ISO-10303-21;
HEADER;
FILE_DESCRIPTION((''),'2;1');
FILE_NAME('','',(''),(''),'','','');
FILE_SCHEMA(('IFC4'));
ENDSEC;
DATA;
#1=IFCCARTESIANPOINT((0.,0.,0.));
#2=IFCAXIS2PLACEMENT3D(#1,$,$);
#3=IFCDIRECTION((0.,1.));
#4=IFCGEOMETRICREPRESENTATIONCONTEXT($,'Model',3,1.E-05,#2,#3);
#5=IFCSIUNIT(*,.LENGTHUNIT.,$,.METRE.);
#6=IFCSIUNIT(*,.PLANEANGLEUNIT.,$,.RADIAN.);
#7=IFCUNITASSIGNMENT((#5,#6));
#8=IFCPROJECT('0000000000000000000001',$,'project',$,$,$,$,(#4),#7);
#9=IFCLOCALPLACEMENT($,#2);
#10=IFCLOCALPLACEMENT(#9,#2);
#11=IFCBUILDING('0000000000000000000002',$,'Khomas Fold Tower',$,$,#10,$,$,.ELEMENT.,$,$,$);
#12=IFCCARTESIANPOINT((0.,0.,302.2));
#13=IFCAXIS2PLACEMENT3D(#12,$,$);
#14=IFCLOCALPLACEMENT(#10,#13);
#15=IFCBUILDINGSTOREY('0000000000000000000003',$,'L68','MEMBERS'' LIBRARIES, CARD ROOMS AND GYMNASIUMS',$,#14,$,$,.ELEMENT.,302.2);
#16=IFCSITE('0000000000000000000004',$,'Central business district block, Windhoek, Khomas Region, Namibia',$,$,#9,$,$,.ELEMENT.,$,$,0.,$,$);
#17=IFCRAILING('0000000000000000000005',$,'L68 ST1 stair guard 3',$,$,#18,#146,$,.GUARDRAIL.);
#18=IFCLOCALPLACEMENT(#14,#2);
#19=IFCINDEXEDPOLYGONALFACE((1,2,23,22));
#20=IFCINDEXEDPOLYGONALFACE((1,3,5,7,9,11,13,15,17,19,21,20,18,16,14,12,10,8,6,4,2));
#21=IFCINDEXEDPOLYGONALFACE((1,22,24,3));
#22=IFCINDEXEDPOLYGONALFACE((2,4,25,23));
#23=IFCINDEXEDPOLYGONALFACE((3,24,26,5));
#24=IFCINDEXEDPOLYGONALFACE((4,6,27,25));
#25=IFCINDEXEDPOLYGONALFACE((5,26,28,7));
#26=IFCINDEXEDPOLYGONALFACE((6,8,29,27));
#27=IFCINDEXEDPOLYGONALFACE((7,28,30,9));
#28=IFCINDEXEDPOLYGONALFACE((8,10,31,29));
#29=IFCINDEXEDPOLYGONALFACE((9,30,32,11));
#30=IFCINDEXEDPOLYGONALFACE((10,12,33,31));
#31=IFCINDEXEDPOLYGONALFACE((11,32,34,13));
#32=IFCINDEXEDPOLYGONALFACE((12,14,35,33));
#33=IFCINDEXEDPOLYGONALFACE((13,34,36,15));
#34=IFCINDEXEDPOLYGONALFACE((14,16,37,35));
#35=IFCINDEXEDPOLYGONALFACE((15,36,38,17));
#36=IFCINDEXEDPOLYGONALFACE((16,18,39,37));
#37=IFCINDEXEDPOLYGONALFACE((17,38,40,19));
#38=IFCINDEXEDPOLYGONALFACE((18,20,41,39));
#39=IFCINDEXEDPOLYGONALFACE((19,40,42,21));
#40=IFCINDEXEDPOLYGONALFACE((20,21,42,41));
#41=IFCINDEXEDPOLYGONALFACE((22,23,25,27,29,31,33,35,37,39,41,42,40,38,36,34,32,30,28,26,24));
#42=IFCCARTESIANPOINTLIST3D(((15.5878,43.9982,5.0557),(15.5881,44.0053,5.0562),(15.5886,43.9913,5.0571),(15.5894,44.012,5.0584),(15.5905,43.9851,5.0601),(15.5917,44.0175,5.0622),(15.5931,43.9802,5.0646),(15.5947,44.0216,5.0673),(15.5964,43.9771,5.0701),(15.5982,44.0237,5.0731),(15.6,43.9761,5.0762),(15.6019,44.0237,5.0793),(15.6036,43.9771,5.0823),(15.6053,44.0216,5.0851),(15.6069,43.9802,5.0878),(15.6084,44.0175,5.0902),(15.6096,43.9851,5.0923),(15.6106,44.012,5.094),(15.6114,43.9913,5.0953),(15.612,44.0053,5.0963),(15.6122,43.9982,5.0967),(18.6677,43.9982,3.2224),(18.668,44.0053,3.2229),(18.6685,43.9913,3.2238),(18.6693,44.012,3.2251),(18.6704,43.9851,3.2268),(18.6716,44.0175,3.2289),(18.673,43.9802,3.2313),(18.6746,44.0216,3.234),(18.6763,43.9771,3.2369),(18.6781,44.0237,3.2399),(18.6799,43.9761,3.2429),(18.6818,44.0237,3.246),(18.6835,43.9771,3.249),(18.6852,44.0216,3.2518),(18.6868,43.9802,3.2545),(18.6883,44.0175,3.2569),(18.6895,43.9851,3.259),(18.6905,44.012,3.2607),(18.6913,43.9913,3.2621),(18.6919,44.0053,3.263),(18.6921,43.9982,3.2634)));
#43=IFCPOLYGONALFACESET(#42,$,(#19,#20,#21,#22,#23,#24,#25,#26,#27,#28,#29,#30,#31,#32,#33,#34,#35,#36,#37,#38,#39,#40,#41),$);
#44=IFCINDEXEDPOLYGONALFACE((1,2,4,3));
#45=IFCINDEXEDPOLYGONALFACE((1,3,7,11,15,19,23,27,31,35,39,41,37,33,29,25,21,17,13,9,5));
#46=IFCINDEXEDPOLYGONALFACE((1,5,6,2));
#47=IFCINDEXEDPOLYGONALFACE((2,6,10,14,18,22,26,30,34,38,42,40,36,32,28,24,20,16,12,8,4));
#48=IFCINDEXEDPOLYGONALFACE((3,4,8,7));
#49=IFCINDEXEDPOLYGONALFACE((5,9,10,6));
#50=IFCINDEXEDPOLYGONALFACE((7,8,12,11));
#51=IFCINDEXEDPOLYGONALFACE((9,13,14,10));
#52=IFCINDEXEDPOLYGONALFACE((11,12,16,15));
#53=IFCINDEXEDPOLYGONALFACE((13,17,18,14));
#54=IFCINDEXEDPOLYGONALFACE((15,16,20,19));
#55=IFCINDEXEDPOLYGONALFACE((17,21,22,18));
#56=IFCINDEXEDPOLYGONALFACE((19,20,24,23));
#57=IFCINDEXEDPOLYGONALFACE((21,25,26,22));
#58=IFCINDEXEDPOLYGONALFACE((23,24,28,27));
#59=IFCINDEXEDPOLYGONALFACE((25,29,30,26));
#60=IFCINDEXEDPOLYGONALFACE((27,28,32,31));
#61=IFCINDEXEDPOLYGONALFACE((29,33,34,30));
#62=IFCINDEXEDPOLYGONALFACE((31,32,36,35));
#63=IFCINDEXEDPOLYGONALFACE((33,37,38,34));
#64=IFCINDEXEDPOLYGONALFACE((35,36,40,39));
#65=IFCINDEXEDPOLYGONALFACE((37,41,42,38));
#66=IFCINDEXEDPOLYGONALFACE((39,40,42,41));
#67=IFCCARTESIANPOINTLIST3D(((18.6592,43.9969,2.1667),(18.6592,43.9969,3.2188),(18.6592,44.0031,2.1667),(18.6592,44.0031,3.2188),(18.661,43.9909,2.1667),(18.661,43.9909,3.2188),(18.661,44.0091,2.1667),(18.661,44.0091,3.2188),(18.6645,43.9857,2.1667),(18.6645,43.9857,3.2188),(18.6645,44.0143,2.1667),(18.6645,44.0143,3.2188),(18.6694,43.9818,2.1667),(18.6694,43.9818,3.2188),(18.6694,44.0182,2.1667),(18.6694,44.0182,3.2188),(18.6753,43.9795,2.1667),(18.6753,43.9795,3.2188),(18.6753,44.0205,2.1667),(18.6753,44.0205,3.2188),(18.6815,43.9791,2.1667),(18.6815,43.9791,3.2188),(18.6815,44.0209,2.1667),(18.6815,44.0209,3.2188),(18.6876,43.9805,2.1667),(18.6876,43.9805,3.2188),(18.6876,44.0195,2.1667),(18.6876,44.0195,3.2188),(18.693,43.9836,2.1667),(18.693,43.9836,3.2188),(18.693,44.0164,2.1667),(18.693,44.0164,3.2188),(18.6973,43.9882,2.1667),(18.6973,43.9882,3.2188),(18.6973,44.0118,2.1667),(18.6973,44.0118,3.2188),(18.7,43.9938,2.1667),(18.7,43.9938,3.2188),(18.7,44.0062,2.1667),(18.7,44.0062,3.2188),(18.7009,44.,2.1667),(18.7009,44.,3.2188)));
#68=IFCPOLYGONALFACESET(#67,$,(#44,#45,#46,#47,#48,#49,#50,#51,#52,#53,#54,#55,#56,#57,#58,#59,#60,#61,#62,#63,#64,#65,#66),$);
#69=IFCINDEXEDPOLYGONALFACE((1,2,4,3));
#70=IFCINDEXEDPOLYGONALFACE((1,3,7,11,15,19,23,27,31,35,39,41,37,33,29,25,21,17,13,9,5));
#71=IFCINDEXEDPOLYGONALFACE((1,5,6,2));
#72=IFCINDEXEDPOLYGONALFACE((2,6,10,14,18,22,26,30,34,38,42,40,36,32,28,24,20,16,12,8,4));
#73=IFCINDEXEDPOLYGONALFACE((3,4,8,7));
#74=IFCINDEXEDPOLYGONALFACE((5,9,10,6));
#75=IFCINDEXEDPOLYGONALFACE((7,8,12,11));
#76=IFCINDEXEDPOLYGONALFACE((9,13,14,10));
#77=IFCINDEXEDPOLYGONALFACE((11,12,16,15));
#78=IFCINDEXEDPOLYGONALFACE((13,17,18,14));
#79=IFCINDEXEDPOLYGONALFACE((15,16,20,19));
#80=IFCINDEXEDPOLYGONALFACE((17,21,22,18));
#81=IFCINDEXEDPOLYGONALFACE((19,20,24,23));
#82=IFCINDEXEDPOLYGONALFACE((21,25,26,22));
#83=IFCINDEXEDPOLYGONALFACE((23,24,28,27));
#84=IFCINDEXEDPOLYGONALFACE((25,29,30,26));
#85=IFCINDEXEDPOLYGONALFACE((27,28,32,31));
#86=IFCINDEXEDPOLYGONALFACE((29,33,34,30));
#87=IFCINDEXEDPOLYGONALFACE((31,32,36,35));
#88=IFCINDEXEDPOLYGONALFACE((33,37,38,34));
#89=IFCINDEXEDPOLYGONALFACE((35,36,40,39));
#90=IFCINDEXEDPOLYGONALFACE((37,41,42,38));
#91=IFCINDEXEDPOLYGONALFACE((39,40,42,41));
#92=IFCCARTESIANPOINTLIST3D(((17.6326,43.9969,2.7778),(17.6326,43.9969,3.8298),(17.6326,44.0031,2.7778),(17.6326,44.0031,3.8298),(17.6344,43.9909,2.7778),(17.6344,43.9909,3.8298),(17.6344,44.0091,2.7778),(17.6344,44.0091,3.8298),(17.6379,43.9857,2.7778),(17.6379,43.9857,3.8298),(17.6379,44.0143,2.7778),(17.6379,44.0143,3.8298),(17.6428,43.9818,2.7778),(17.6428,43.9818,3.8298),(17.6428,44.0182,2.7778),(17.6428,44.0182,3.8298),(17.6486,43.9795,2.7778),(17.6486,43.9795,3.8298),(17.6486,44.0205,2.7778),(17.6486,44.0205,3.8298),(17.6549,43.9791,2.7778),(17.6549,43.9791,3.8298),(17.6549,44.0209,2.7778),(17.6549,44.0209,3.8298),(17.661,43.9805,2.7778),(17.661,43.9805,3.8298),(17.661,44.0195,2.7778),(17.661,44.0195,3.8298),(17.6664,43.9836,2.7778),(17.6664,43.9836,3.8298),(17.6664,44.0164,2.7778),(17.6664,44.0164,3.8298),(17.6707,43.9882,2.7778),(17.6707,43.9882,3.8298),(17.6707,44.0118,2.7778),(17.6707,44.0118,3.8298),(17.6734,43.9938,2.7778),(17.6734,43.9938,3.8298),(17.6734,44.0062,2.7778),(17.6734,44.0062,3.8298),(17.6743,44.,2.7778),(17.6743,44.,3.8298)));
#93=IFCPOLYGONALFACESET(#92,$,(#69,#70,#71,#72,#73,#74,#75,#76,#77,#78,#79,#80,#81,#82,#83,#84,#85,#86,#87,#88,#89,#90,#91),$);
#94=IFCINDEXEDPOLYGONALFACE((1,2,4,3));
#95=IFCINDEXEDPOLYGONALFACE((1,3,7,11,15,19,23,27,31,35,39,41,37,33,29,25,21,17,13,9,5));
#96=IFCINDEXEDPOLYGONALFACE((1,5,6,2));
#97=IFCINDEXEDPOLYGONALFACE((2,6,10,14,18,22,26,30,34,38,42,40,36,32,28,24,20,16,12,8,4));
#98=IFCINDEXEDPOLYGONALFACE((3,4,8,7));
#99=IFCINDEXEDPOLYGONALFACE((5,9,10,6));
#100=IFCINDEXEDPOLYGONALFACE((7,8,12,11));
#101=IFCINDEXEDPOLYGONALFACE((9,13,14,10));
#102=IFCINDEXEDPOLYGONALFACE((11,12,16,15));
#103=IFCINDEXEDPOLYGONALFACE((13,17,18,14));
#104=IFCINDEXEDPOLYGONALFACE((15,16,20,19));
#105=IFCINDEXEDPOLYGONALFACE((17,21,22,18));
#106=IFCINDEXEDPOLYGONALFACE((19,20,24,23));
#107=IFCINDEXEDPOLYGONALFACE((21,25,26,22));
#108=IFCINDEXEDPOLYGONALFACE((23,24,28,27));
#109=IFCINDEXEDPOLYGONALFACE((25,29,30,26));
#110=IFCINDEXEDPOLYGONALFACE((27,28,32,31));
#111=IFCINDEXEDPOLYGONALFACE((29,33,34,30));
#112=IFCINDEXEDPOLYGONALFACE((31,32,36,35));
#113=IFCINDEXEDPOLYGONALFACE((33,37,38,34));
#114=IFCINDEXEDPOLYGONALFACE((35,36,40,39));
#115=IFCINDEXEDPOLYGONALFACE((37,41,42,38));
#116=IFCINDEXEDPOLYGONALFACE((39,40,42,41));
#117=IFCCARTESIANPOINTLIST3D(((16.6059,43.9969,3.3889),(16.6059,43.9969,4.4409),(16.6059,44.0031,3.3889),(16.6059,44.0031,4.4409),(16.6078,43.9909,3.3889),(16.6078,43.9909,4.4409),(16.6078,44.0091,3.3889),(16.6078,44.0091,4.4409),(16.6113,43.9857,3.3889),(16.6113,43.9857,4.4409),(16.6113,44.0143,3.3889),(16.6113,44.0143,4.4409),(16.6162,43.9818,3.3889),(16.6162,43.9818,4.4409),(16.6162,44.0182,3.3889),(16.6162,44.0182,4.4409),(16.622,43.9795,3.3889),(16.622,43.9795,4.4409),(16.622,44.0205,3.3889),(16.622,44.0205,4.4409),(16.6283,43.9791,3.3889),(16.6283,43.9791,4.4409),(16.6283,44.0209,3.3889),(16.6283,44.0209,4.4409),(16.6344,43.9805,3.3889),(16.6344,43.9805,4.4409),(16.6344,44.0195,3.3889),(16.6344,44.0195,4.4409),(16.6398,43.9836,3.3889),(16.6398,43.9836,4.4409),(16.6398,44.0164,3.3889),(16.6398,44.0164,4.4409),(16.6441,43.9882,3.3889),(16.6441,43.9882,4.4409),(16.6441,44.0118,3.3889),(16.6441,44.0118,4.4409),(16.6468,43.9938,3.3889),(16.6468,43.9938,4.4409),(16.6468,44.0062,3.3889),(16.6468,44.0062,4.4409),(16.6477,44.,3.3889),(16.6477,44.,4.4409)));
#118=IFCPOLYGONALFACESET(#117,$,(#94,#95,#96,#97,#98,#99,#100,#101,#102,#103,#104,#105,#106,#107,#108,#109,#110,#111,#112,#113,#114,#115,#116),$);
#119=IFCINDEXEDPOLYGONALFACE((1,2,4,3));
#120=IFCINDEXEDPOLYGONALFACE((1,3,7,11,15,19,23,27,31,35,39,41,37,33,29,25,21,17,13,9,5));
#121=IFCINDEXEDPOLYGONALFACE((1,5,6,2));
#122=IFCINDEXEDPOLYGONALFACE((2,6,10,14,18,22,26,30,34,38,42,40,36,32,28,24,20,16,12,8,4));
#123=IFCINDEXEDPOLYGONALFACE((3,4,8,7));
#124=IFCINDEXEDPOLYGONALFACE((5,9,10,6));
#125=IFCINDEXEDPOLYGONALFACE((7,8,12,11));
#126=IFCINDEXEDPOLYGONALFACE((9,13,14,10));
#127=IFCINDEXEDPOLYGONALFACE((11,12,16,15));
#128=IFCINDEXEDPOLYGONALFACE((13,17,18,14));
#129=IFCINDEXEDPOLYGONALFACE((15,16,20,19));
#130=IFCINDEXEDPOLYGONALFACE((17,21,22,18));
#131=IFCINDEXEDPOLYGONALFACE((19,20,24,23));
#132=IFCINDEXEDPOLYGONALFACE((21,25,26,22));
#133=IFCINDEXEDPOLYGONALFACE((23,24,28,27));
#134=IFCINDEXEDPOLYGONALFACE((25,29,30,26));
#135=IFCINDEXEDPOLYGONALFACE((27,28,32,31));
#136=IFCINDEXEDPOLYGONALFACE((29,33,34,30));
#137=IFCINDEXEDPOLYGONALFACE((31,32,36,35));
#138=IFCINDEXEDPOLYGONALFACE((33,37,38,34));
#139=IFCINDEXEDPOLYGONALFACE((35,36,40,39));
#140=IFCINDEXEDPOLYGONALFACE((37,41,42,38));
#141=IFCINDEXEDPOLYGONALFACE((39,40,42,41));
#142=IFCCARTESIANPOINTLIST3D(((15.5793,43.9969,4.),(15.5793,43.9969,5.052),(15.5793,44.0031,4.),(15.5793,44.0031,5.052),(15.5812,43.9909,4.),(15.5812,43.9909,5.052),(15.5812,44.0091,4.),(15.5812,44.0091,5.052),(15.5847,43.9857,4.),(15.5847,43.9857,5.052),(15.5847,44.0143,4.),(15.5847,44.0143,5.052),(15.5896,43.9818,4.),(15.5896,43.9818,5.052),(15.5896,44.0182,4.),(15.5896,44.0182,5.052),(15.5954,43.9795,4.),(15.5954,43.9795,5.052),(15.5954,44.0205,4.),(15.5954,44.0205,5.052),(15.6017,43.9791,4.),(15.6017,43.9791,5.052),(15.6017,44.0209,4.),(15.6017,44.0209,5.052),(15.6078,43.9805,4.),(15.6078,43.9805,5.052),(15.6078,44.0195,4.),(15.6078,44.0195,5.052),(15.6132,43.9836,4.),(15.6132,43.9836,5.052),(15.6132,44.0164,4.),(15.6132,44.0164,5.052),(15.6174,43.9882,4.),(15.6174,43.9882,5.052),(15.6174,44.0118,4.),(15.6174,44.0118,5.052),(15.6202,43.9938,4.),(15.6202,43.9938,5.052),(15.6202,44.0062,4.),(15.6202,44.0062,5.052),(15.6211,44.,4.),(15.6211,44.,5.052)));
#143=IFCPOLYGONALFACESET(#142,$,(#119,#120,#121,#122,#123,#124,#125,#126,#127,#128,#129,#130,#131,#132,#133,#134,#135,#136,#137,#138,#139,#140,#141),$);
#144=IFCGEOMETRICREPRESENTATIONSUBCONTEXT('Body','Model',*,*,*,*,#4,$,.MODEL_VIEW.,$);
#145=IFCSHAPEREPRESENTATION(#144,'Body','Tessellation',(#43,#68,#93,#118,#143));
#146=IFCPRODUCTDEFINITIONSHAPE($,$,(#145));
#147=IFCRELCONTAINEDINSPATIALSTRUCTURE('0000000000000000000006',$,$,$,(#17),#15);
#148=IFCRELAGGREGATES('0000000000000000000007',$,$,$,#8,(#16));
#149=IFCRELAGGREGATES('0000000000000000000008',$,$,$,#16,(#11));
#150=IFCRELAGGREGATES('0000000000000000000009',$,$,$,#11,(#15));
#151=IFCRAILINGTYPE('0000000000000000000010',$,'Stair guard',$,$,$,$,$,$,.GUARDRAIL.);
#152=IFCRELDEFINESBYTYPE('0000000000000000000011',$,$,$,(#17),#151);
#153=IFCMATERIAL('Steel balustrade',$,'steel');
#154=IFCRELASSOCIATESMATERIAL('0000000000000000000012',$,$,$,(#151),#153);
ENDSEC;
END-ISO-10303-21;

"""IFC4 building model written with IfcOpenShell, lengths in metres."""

from ifc_helpers import new_model, si_unit, direction, frame, origin, origin_2d, place, context, subcontext, project, spatial, circle, extrude, source, transform, mapped, material, type_object, element, save


model = new_model("IFC4")

# Units and contexts
model_context = context("Model", 3, precision=1e-05, world=origin(), true_north=direction((0.0, 1.0)))
body_context = subcontext(model_context, "Body", "Model", "MODEL_VIEW")
ifc_project = project(units=[si_unit("LENGTHUNIT", "METRE"), si_unit("PLANEANGLEUNIT", "RADIAN")], contexts=[model_context])

# Site, building, storey
site_placement = place(None, origin())
site = spatial("IfcSite", under=ifc_project, at=site_placement, Name="Central business district block, Windhoek, Khomas Region, Namibia", CompositionType="ELEMENT", RefElevation=0.0)
building_placement = place(site_placement, origin())
building = spatial("IfcBuilding", under=site, at=building_placement, Name="Khomas Fold Tower", CompositionType="ELEMENT")
storey_placement = place(building_placement, frame((0.0, 0.0, 302.2)))
storey = spatial("IfcBuildingStorey", under=building, at=storey_placement, Name="L68", Description="MEMBERS' LIBRARIES, CARD ROOMS AND GYMNASIUMS", CompositionType="ELEMENT", Elevation=302.2)

# Railing
ifc_material_1 = material(Name="Steel balustrade", Category="steel")
railing_type_1 = type_object("IfcRailingType", Name="Stair guard", PredefinedType="GUARDRAIL", material=ifc_material_1)
shared_shape_1 = source(origin(), body_context, "Body", "SweptSolid", [
    extrude(circle(Radius=0.0239, at=origin_2d()), frame((0.0, 0.0, 1.0762), z_axis=(-0.859291, 0.0, 0.511487), x_axis=(0.0, -1.0, 0.0)), (0.0, 0.0, 1.0), 3.5842),
    extrude(circle(Radius=0.021, at=origin_2d()), origin(), (0.0, 0.0, 1.0), 1.052),
    extrude(circle(Radius=0.021, at=origin_2d()), frame((-1.0266, 0.0, 0.6111)), (0.0, 0.0, 1.0), 1.052),
    extrude(circle(Radius=0.021, at=origin_2d()), frame((-2.0532, 0.0, 1.2222)), (0.0, 0.0, 1.0), 1.052),
    extrude(circle(Radius=0.021, at=origin_2d()), frame((-3.0798, 0.0, 1.8333)), (0.0, 0.0, 1.0), 1.052),
])
railing_1_placement = place(storey_placement, frame((18.6799, 44.0, 2.1667)))
element("IfcRailing", 1, at=railing_1_placement, inside=storey, type_object=railing_type_1, Name="L68 ST1 stair guard 3", PredefinedType="GUARDRAIL", context=body_context, shape_type="MappedRepresentation", body=[
    mapped(shared_shape_1, transform((0.0, 0.0, 0.0))),
])

save(model, "model.ifc")
